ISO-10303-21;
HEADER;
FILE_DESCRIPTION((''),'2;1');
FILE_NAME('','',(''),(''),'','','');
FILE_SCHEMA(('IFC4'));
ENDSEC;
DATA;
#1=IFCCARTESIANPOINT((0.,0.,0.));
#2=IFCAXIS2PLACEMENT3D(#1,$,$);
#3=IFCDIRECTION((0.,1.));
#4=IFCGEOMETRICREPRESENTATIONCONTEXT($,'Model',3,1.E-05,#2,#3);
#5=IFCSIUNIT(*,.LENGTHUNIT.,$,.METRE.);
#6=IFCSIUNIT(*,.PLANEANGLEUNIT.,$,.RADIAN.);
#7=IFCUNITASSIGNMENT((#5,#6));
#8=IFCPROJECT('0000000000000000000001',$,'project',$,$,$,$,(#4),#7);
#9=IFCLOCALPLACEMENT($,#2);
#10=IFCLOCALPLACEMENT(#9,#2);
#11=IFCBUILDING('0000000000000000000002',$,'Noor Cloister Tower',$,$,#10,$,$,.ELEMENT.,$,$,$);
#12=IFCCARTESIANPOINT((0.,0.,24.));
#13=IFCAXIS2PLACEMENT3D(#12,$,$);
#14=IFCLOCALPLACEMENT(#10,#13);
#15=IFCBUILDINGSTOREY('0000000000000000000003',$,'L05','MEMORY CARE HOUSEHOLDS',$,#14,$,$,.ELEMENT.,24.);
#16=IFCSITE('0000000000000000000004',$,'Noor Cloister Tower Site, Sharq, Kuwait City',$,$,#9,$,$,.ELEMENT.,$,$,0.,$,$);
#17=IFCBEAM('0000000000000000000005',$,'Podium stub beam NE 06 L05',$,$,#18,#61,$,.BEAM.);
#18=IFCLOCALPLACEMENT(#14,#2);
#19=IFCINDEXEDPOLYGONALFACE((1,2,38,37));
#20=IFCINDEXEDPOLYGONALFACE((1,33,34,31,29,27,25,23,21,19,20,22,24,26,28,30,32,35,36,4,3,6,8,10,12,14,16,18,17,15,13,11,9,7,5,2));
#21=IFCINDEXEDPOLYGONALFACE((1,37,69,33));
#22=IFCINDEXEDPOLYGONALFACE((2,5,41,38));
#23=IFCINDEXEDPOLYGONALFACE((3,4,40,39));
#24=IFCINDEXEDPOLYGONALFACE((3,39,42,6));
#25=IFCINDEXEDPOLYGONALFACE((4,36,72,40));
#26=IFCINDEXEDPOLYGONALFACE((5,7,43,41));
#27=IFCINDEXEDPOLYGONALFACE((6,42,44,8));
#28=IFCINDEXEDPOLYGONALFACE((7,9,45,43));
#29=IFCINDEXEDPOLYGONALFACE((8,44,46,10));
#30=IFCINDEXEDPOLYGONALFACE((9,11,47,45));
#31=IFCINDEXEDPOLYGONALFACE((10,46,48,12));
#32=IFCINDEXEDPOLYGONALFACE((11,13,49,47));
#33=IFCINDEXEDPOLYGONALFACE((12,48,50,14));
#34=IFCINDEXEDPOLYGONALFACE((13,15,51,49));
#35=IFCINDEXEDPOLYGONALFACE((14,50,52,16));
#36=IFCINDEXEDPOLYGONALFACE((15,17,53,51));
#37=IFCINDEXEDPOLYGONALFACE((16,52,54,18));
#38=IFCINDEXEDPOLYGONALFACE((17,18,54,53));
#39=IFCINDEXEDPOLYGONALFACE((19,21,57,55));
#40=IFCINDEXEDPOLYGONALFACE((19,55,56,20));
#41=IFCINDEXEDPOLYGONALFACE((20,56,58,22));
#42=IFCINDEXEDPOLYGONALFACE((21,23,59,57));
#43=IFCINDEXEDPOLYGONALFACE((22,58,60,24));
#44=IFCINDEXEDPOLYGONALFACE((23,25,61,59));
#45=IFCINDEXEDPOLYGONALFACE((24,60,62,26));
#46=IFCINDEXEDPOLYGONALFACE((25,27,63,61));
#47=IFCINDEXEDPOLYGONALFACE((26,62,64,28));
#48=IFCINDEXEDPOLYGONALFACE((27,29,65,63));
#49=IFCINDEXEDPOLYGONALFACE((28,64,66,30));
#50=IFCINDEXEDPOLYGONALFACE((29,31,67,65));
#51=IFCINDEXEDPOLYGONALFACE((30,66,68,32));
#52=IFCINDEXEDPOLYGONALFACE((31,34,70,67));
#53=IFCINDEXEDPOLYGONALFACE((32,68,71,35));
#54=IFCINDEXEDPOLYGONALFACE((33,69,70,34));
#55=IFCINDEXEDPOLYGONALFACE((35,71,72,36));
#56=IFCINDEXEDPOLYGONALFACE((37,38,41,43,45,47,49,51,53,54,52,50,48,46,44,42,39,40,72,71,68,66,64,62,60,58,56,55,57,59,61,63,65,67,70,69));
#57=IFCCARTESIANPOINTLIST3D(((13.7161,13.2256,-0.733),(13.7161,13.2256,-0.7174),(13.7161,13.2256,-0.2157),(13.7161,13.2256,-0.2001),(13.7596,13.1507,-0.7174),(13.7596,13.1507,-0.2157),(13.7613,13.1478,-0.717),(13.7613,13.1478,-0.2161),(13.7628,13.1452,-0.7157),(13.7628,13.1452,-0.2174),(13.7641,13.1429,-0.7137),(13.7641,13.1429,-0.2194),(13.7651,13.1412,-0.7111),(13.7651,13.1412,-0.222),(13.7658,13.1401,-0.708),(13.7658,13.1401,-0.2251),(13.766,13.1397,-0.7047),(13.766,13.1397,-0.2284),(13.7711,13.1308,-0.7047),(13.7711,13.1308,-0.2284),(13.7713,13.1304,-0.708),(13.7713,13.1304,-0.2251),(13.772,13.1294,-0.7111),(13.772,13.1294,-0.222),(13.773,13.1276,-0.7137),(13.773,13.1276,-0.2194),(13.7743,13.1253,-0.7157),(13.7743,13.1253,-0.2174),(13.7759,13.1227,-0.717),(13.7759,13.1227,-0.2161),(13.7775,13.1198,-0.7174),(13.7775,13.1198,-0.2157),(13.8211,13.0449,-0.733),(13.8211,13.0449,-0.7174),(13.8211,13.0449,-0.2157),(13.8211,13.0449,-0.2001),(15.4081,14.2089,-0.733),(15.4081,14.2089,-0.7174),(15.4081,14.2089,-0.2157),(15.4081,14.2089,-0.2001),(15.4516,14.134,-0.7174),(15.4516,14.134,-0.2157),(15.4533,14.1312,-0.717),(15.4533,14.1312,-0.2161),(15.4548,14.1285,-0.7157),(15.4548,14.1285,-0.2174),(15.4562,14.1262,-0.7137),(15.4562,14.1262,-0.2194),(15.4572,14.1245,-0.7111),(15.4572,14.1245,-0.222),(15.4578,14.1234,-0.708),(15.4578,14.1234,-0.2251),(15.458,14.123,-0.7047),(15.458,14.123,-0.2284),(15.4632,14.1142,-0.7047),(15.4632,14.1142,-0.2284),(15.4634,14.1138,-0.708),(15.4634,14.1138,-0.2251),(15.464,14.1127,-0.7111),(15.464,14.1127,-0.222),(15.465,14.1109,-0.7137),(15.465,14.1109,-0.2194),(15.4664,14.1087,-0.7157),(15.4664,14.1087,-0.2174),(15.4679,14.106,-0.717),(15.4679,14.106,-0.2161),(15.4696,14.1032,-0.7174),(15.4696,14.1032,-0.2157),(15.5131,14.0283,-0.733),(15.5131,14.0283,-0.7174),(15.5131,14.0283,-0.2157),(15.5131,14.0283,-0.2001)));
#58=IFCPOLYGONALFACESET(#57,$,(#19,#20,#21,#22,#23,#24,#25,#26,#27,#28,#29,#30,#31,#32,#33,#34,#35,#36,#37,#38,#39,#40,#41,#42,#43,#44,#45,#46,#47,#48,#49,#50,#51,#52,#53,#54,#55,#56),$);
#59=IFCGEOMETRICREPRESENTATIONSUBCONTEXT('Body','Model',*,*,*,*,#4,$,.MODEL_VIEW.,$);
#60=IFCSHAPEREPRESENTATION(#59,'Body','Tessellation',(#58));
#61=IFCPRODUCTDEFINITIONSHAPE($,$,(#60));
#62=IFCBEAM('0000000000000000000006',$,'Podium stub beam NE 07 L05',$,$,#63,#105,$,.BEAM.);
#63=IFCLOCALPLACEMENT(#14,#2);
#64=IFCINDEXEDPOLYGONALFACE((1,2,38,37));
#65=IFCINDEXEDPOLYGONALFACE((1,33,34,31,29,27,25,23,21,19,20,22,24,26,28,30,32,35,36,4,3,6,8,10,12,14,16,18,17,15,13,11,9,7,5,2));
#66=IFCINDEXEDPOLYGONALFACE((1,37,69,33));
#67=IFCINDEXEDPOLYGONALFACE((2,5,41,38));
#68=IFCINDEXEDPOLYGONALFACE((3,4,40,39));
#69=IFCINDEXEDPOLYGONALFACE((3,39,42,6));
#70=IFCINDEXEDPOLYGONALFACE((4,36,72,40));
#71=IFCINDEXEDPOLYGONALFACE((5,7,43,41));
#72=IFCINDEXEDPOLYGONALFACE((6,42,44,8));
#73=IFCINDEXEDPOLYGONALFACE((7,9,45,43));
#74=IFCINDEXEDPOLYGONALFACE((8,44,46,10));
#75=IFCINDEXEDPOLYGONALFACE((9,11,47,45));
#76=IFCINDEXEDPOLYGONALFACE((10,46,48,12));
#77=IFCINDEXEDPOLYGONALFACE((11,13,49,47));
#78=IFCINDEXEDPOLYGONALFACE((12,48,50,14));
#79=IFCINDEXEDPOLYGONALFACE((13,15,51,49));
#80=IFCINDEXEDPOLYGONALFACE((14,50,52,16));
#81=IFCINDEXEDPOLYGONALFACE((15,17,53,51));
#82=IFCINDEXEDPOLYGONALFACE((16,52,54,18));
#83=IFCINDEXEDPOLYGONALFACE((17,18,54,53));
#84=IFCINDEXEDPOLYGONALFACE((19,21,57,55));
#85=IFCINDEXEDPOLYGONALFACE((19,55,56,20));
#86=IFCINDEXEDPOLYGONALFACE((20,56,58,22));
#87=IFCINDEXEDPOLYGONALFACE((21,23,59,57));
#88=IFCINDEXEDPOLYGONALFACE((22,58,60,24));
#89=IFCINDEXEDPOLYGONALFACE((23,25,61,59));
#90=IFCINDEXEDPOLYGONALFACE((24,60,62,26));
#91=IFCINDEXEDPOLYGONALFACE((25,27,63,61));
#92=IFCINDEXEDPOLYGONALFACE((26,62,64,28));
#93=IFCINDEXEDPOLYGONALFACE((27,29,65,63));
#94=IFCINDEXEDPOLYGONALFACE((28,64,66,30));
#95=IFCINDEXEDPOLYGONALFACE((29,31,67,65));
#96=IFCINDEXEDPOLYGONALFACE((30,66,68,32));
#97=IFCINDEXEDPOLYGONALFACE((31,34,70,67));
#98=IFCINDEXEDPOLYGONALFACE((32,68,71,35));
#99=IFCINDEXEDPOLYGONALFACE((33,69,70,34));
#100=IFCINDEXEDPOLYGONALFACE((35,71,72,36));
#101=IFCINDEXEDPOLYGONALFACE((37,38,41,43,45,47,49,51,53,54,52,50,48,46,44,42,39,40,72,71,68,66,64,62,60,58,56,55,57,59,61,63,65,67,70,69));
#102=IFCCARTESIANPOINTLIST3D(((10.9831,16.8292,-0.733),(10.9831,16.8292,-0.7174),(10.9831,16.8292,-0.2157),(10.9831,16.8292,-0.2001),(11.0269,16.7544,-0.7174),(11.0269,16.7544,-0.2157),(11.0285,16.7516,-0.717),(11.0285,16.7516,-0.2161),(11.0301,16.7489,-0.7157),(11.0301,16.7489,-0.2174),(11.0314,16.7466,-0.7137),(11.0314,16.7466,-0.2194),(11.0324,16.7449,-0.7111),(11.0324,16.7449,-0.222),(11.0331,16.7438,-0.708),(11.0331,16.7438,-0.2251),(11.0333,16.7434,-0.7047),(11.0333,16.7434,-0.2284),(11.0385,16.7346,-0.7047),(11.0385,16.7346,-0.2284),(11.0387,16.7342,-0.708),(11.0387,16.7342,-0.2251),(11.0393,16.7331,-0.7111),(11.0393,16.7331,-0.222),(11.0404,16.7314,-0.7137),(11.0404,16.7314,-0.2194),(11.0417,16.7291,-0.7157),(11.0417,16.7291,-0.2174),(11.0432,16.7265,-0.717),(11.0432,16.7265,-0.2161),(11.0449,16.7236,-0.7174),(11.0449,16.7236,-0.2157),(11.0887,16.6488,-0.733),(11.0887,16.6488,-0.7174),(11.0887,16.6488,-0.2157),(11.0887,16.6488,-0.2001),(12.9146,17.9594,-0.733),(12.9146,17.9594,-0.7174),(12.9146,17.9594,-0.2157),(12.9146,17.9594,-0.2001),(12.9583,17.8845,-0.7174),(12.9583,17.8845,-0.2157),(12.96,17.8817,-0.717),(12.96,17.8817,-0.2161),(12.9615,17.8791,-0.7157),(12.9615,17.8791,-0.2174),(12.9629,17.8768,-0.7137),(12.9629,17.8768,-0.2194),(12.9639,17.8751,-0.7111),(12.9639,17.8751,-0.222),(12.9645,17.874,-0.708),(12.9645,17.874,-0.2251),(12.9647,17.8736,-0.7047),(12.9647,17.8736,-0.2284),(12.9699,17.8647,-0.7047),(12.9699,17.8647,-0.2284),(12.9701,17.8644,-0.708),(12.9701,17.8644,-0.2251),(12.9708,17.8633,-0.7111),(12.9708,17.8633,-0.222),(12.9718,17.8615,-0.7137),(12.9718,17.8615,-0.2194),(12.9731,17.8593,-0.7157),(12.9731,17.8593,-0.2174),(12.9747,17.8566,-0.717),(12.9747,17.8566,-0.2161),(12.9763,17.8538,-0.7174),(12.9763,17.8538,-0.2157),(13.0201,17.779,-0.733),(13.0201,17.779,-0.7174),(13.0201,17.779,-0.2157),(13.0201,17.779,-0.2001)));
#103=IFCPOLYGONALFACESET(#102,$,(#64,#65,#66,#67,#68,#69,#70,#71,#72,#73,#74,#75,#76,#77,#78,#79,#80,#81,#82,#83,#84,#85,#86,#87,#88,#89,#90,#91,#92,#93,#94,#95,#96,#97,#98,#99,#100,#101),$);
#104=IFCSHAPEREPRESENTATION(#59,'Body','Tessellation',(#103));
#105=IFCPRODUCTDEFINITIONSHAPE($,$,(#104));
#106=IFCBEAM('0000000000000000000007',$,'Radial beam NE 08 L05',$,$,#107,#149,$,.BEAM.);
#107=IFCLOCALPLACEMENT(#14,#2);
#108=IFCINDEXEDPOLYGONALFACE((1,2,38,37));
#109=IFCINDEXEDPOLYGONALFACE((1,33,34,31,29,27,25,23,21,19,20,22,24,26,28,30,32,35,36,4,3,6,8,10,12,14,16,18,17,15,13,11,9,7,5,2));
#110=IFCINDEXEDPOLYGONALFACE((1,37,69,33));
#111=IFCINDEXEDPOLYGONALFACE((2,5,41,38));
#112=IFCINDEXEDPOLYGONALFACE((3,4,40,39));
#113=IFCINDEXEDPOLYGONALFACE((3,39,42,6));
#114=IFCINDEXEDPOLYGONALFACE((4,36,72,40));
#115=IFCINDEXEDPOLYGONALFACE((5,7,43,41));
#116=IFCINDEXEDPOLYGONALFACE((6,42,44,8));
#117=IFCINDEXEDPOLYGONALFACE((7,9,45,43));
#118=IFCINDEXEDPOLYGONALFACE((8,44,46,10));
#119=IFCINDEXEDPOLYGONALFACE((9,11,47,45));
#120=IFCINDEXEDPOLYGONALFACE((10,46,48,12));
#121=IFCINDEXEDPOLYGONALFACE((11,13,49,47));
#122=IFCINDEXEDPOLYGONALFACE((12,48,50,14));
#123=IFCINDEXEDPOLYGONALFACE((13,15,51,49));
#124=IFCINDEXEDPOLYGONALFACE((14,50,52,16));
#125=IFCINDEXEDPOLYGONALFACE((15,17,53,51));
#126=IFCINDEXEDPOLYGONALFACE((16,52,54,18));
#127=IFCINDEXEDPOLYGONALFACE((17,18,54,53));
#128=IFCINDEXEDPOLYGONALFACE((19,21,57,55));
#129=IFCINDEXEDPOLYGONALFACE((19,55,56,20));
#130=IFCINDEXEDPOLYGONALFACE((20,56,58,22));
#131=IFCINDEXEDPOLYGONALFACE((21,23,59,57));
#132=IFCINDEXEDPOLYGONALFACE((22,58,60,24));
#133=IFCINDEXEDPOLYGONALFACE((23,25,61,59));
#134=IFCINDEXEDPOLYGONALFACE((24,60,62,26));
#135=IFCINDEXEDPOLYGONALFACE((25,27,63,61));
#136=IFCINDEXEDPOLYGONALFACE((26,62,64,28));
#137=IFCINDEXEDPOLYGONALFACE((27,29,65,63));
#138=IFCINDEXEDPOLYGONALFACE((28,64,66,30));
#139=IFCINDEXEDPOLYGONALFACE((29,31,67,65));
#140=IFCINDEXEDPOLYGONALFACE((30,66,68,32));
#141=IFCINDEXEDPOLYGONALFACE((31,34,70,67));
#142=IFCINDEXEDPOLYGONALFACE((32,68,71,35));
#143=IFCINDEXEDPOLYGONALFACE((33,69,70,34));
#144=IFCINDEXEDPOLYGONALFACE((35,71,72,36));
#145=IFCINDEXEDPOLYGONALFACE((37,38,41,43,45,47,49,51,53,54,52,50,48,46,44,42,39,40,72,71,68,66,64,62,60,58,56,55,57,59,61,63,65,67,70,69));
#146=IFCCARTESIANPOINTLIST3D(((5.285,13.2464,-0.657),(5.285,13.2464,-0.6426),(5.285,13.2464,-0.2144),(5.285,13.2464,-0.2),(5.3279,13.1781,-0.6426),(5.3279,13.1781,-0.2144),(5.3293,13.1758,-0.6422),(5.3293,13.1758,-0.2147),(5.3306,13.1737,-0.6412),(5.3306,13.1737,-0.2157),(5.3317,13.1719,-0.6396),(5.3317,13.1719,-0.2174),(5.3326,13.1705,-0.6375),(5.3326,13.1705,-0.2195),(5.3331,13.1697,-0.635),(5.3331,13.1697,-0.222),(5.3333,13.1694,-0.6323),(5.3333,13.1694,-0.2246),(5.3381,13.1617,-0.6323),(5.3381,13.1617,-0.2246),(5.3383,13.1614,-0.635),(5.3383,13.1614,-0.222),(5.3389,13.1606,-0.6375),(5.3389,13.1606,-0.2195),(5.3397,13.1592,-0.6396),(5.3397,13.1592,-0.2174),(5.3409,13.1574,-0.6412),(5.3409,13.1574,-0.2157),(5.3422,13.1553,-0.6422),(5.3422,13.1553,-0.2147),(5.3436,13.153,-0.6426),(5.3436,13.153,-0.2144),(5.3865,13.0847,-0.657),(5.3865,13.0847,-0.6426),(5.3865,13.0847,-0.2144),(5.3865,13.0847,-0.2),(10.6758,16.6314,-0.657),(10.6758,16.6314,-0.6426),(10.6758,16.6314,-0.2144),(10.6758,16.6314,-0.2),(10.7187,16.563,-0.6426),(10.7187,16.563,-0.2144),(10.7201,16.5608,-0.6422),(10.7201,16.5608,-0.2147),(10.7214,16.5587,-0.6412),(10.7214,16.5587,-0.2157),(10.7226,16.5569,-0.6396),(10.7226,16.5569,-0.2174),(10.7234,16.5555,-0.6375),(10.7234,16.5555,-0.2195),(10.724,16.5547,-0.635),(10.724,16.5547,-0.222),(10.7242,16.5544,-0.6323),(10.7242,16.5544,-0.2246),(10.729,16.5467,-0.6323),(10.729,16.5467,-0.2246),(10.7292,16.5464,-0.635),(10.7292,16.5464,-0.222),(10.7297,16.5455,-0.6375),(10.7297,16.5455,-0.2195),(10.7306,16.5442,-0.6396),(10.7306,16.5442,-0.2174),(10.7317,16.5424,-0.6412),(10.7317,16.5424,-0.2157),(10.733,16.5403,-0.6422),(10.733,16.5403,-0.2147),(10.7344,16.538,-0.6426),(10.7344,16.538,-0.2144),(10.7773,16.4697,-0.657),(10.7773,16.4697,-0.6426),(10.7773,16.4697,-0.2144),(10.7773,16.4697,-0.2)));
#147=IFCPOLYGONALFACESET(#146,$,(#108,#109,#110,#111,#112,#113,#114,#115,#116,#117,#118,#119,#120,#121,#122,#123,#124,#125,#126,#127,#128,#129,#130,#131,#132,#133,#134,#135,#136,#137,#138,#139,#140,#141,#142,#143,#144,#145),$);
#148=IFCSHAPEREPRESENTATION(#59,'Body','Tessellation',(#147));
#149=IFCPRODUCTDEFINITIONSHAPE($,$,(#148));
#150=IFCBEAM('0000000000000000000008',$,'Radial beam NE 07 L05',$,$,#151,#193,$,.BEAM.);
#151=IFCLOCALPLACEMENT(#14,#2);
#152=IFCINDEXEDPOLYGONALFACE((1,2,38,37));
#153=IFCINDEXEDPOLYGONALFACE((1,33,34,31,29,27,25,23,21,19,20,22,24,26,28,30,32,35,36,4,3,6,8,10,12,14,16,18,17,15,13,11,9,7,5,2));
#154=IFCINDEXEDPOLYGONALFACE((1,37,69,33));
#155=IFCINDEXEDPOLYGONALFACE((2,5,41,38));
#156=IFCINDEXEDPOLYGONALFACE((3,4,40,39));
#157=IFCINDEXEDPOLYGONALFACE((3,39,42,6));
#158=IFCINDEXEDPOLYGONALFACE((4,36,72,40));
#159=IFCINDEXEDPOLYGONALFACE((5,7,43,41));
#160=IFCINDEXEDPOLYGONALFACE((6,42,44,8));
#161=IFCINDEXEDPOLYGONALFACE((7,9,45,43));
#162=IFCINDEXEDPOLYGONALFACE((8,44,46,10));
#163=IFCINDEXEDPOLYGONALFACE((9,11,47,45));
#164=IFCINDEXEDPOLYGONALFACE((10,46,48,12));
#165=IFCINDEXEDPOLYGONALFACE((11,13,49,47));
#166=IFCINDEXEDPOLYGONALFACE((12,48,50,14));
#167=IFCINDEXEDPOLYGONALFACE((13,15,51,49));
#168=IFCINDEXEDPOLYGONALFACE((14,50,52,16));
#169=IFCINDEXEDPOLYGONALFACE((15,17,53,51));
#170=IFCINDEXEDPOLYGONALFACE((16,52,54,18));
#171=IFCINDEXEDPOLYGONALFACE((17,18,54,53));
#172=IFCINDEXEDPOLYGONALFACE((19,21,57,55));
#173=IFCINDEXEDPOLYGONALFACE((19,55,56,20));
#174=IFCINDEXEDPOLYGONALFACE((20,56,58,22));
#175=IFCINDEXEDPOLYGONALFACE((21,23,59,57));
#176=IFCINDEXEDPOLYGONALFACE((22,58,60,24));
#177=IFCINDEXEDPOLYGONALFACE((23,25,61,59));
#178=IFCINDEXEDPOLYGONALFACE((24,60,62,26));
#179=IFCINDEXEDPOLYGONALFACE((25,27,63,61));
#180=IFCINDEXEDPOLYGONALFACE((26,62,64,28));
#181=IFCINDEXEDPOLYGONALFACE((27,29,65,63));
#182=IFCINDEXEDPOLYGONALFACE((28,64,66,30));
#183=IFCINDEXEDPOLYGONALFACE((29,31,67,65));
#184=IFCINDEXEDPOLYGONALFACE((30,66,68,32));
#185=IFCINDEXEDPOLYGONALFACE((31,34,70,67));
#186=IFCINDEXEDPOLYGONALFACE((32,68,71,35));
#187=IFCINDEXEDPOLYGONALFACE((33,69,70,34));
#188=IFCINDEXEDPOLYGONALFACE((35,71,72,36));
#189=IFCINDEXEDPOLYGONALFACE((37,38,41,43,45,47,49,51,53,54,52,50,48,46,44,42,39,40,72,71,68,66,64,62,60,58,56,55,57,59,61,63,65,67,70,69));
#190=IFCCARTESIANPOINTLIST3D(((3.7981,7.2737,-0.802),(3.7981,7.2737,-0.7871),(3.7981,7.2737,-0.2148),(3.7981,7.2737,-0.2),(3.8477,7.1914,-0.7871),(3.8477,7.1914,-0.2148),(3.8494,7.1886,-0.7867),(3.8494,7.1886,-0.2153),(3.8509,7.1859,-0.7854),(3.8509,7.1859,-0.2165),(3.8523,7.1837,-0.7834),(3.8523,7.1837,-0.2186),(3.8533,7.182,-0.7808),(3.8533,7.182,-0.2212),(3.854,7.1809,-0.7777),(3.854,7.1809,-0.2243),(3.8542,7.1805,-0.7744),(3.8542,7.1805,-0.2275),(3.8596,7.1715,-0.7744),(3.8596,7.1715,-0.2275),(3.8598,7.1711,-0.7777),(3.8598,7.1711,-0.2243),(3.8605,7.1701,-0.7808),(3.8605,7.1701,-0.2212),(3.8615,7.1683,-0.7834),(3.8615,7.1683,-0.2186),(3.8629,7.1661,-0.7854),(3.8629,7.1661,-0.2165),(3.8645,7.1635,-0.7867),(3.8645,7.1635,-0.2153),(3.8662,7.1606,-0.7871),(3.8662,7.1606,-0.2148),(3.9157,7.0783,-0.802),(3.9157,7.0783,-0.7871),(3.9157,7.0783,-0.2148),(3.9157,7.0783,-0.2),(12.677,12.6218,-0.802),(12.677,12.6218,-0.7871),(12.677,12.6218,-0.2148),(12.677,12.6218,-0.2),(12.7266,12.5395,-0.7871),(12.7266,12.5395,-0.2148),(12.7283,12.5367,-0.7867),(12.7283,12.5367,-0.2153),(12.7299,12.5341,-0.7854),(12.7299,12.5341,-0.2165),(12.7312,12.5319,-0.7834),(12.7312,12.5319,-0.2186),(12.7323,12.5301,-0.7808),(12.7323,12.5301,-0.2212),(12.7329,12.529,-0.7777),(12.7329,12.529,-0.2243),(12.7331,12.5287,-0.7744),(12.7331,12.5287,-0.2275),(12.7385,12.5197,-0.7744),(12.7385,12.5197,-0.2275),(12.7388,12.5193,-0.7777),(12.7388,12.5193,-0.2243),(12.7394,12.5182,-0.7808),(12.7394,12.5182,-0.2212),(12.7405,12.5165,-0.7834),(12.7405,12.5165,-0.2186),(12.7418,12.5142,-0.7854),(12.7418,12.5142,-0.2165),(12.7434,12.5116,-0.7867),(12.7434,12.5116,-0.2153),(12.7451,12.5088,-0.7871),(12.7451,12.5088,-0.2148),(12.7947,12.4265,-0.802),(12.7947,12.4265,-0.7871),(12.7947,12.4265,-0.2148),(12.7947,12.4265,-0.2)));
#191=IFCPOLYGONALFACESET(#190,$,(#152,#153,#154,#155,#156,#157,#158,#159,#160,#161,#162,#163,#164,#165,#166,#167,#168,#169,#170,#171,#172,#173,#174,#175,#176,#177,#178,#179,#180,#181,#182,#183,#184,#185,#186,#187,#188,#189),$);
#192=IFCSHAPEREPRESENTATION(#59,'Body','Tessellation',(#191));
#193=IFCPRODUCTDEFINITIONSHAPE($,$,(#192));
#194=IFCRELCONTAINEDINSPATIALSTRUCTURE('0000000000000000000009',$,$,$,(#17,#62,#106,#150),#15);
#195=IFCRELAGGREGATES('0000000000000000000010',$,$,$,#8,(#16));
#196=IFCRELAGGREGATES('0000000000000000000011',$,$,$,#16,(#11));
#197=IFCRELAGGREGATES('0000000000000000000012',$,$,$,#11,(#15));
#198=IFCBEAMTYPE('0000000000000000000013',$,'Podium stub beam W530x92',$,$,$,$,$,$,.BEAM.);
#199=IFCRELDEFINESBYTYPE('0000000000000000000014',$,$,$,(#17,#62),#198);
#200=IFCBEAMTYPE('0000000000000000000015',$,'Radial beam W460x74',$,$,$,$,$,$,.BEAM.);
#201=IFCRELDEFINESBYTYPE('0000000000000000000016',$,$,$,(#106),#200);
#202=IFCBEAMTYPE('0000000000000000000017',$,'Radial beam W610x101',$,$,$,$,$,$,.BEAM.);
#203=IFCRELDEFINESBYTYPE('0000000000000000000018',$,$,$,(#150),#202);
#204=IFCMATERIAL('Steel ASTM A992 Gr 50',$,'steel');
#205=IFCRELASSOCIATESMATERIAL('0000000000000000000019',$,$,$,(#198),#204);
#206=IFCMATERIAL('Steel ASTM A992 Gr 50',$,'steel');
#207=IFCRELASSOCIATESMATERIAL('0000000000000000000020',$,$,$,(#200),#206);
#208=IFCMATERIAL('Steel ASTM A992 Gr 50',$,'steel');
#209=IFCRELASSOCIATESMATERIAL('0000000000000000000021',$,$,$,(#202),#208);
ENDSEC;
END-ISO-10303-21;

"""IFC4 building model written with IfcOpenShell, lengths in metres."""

from ifc_helpers import new_model, si_unit, direction, frame, origin, origin_2d, place, context, subcontext, project, spatial, i_section, extrude, material, material_profile, profile_set, type_object, element, save


model = new_model("IFC4")

# Units and contexts
model_context = context("Model", 3, precision=1e-05, world=origin(), true_north=direction((0.0, 1.0)))
body_context = subcontext(model_context, "Body", "Model", "MODEL_VIEW")
ifc_project = project(units=[si_unit("LENGTHUNIT", "METRE"), si_unit("PLANEANGLEUNIT", "RADIAN")], contexts=[model_context])

# Site, building, storey
site_placement = place(None, origin())
site = spatial("IfcSite", under=ifc_project, at=site_placement, Name="Noor Cloister Tower Site, Sharq, Kuwait City", CompositionType="ELEMENT", RefElevation=0.0)
building_placement = place(site_placement, origin())
building = spatial("IfcBuilding", under=site, at=building_placement, Name="Noor Cloister Tower", CompositionType="ELEMENT")
storey_placement = place(building_placement, frame((0.0, 0.0, 24.0)))
storey = spatial("IfcBuildingStorey", under=building, at=storey_placement, Name="L05", Description="MEMORY CARE HOUSEHOLDS", CompositionType="ELEMENT", Elevation=24.0)

# Beams
ifc_material_1 = material(Name="Steel ASTM A992 Gr 50", Category="steel")
ifc_material_profile_1 = material_profile(ifc_material_1, i_section(OverallWidth=0.209, OverallDepth=0.533, WebThickness=0.0103, FlangeThickness=0.0156, FilletRadius=0.0127, at=origin_2d()), Name="W530x92")
ifc_profile_set_1 = profile_set([ifc_material_profile_1], Name="Steel ASTM A992 Gr 50")
beam_type_1 = type_object("IfcBeamType", Name="Podium stub beam W530x92", PredefinedType="BEAM", material=ifc_profile_set_1)
beam_1_placement = place(storey_placement, frame((13.7686, 13.1353, -0.4666), z_axis=(0.864597, 0.502467, 0.0), x_axis=(-0.502467, 0.864597, 0.0)))
element("IfcBeam", 1, at=beam_1_placement, inside=storey, type_object=beam_type_1, Name="Podium stub beam NE 06 L05", PredefinedType="BEAM", context=body_context, shape_type="SweptSolid", body=[
    extrude(i_section(OverallWidth=0.209, OverallDepth=0.533, WebThickness=0.0103, FlangeThickness=0.0156, FilletRadius=0.0127, at=origin_2d()), origin(), (0.0, 0.0, 1.0), 1.957),
])
beam_2_placement = place(storey_placement, frame((11.0359, 16.739, -0.4666), z_axis=(0.863101, 0.505031, 0.0), x_axis=(-0.505031, 0.863101, 0.0)))
element("IfcBeam", 2, at=beam_2_placement, inside=storey, type_object=beam_type_1, Name="Podium stub beam NE 07 L05", PredefinedType="BEAM", context=body_context, shape_type="SweptSolid", body=[
    extrude(i_section(OverallWidth=0.209, OverallDepth=0.533, WebThickness=0.0103, FlangeThickness=0.0156, FilletRadius=0.0127, at=origin_2d()), origin(), (0.0, 0.0, 1.0), 2.2378),
])
ifc_material_2 = material(Name="Steel ASTM A992 Gr 50", Category="steel")
ifc_material_profile_2 = material_profile(ifc_material_2, i_section(OverallWidth=0.1909, OverallDepth=0.457, WebThickness=0.009, FlangeThickness=0.0144, FilletRadius=0.0103, at=origin_2d()), Name="W460x74")
ifc_profile_set_2 = profile_set([ifc_material_profile_2], Name="Steel ASTM A992 Gr 50")
beam_type_2 = type_object("IfcBeamType", Name="Radial beam W460x74", PredefinedType="BEAM", material=ifc_profile_set_2)
beam_3_placement = place(storey_placement, frame((10.7266, 16.5505, -0.4285), z_axis=(-0.846887, -0.531773, 0.0), x_axis=(0.531773, -0.846887, 0.0)))
element("IfcBeam", 3, at=beam_3_placement, inside=storey, type_object=beam_type_2, Name="Radial beam NE 08 L05", PredefinedType="BEAM", context=body_context, shape_type="SweptSolid", body=[
    extrude(i_section(OverallWidth=0.1909, OverallDepth=0.457, WebThickness=0.009, FlangeThickness=0.0144, FilletRadius=0.0103, at=origin_2d()), origin(), (0.0, 0.0, 1.0), 6.3655),
])
ifc_material_3 = material(Name="Steel ASTM A992 Gr 50", Category="steel")
ifc_material_profile_3 = material_profile(ifc_material_3, i_section(OverallWidth=0.228, OverallDepth=0.6021, WebThickness=0.0105, FlangeThickness=0.0149, FilletRadius=0.0127, at=origin_2d()), Name="W610x101")
ifc_profile_set_3 = profile_set([ifc_material_profile_3], Name="Steel ASTM A992 Gr 50")
beam_type_3 = type_object("IfcBeamType", Name="Radial beam W610x101", PredefinedType="BEAM", material=ifc_profile_set_3)
beam_4_placement = place(storey_placement, frame((12.7358, 12.5242, -0.501), z_axis=(-0.856606, -0.515971, 0.0), x_axis=(0.515971, -0.856606, 0.0)))
element("IfcBeam", 4, at=beam_4_placement, inside=storey, type_object=beam_type_3, Name="Radial beam NE 07 L05", PredefinedType="BEAM", context=body_context, shape_type="SweptSolid", body=[
    extrude(i_section(OverallWidth=0.228, OverallDepth=0.6021, WebThickness=0.0105, FlangeThickness=0.0149, FilletRadius=0.0127, at=origin_2d()), origin(), (0.0, 0.0, 1.0), 10.3652),
])

save(model, "model.ifc")
